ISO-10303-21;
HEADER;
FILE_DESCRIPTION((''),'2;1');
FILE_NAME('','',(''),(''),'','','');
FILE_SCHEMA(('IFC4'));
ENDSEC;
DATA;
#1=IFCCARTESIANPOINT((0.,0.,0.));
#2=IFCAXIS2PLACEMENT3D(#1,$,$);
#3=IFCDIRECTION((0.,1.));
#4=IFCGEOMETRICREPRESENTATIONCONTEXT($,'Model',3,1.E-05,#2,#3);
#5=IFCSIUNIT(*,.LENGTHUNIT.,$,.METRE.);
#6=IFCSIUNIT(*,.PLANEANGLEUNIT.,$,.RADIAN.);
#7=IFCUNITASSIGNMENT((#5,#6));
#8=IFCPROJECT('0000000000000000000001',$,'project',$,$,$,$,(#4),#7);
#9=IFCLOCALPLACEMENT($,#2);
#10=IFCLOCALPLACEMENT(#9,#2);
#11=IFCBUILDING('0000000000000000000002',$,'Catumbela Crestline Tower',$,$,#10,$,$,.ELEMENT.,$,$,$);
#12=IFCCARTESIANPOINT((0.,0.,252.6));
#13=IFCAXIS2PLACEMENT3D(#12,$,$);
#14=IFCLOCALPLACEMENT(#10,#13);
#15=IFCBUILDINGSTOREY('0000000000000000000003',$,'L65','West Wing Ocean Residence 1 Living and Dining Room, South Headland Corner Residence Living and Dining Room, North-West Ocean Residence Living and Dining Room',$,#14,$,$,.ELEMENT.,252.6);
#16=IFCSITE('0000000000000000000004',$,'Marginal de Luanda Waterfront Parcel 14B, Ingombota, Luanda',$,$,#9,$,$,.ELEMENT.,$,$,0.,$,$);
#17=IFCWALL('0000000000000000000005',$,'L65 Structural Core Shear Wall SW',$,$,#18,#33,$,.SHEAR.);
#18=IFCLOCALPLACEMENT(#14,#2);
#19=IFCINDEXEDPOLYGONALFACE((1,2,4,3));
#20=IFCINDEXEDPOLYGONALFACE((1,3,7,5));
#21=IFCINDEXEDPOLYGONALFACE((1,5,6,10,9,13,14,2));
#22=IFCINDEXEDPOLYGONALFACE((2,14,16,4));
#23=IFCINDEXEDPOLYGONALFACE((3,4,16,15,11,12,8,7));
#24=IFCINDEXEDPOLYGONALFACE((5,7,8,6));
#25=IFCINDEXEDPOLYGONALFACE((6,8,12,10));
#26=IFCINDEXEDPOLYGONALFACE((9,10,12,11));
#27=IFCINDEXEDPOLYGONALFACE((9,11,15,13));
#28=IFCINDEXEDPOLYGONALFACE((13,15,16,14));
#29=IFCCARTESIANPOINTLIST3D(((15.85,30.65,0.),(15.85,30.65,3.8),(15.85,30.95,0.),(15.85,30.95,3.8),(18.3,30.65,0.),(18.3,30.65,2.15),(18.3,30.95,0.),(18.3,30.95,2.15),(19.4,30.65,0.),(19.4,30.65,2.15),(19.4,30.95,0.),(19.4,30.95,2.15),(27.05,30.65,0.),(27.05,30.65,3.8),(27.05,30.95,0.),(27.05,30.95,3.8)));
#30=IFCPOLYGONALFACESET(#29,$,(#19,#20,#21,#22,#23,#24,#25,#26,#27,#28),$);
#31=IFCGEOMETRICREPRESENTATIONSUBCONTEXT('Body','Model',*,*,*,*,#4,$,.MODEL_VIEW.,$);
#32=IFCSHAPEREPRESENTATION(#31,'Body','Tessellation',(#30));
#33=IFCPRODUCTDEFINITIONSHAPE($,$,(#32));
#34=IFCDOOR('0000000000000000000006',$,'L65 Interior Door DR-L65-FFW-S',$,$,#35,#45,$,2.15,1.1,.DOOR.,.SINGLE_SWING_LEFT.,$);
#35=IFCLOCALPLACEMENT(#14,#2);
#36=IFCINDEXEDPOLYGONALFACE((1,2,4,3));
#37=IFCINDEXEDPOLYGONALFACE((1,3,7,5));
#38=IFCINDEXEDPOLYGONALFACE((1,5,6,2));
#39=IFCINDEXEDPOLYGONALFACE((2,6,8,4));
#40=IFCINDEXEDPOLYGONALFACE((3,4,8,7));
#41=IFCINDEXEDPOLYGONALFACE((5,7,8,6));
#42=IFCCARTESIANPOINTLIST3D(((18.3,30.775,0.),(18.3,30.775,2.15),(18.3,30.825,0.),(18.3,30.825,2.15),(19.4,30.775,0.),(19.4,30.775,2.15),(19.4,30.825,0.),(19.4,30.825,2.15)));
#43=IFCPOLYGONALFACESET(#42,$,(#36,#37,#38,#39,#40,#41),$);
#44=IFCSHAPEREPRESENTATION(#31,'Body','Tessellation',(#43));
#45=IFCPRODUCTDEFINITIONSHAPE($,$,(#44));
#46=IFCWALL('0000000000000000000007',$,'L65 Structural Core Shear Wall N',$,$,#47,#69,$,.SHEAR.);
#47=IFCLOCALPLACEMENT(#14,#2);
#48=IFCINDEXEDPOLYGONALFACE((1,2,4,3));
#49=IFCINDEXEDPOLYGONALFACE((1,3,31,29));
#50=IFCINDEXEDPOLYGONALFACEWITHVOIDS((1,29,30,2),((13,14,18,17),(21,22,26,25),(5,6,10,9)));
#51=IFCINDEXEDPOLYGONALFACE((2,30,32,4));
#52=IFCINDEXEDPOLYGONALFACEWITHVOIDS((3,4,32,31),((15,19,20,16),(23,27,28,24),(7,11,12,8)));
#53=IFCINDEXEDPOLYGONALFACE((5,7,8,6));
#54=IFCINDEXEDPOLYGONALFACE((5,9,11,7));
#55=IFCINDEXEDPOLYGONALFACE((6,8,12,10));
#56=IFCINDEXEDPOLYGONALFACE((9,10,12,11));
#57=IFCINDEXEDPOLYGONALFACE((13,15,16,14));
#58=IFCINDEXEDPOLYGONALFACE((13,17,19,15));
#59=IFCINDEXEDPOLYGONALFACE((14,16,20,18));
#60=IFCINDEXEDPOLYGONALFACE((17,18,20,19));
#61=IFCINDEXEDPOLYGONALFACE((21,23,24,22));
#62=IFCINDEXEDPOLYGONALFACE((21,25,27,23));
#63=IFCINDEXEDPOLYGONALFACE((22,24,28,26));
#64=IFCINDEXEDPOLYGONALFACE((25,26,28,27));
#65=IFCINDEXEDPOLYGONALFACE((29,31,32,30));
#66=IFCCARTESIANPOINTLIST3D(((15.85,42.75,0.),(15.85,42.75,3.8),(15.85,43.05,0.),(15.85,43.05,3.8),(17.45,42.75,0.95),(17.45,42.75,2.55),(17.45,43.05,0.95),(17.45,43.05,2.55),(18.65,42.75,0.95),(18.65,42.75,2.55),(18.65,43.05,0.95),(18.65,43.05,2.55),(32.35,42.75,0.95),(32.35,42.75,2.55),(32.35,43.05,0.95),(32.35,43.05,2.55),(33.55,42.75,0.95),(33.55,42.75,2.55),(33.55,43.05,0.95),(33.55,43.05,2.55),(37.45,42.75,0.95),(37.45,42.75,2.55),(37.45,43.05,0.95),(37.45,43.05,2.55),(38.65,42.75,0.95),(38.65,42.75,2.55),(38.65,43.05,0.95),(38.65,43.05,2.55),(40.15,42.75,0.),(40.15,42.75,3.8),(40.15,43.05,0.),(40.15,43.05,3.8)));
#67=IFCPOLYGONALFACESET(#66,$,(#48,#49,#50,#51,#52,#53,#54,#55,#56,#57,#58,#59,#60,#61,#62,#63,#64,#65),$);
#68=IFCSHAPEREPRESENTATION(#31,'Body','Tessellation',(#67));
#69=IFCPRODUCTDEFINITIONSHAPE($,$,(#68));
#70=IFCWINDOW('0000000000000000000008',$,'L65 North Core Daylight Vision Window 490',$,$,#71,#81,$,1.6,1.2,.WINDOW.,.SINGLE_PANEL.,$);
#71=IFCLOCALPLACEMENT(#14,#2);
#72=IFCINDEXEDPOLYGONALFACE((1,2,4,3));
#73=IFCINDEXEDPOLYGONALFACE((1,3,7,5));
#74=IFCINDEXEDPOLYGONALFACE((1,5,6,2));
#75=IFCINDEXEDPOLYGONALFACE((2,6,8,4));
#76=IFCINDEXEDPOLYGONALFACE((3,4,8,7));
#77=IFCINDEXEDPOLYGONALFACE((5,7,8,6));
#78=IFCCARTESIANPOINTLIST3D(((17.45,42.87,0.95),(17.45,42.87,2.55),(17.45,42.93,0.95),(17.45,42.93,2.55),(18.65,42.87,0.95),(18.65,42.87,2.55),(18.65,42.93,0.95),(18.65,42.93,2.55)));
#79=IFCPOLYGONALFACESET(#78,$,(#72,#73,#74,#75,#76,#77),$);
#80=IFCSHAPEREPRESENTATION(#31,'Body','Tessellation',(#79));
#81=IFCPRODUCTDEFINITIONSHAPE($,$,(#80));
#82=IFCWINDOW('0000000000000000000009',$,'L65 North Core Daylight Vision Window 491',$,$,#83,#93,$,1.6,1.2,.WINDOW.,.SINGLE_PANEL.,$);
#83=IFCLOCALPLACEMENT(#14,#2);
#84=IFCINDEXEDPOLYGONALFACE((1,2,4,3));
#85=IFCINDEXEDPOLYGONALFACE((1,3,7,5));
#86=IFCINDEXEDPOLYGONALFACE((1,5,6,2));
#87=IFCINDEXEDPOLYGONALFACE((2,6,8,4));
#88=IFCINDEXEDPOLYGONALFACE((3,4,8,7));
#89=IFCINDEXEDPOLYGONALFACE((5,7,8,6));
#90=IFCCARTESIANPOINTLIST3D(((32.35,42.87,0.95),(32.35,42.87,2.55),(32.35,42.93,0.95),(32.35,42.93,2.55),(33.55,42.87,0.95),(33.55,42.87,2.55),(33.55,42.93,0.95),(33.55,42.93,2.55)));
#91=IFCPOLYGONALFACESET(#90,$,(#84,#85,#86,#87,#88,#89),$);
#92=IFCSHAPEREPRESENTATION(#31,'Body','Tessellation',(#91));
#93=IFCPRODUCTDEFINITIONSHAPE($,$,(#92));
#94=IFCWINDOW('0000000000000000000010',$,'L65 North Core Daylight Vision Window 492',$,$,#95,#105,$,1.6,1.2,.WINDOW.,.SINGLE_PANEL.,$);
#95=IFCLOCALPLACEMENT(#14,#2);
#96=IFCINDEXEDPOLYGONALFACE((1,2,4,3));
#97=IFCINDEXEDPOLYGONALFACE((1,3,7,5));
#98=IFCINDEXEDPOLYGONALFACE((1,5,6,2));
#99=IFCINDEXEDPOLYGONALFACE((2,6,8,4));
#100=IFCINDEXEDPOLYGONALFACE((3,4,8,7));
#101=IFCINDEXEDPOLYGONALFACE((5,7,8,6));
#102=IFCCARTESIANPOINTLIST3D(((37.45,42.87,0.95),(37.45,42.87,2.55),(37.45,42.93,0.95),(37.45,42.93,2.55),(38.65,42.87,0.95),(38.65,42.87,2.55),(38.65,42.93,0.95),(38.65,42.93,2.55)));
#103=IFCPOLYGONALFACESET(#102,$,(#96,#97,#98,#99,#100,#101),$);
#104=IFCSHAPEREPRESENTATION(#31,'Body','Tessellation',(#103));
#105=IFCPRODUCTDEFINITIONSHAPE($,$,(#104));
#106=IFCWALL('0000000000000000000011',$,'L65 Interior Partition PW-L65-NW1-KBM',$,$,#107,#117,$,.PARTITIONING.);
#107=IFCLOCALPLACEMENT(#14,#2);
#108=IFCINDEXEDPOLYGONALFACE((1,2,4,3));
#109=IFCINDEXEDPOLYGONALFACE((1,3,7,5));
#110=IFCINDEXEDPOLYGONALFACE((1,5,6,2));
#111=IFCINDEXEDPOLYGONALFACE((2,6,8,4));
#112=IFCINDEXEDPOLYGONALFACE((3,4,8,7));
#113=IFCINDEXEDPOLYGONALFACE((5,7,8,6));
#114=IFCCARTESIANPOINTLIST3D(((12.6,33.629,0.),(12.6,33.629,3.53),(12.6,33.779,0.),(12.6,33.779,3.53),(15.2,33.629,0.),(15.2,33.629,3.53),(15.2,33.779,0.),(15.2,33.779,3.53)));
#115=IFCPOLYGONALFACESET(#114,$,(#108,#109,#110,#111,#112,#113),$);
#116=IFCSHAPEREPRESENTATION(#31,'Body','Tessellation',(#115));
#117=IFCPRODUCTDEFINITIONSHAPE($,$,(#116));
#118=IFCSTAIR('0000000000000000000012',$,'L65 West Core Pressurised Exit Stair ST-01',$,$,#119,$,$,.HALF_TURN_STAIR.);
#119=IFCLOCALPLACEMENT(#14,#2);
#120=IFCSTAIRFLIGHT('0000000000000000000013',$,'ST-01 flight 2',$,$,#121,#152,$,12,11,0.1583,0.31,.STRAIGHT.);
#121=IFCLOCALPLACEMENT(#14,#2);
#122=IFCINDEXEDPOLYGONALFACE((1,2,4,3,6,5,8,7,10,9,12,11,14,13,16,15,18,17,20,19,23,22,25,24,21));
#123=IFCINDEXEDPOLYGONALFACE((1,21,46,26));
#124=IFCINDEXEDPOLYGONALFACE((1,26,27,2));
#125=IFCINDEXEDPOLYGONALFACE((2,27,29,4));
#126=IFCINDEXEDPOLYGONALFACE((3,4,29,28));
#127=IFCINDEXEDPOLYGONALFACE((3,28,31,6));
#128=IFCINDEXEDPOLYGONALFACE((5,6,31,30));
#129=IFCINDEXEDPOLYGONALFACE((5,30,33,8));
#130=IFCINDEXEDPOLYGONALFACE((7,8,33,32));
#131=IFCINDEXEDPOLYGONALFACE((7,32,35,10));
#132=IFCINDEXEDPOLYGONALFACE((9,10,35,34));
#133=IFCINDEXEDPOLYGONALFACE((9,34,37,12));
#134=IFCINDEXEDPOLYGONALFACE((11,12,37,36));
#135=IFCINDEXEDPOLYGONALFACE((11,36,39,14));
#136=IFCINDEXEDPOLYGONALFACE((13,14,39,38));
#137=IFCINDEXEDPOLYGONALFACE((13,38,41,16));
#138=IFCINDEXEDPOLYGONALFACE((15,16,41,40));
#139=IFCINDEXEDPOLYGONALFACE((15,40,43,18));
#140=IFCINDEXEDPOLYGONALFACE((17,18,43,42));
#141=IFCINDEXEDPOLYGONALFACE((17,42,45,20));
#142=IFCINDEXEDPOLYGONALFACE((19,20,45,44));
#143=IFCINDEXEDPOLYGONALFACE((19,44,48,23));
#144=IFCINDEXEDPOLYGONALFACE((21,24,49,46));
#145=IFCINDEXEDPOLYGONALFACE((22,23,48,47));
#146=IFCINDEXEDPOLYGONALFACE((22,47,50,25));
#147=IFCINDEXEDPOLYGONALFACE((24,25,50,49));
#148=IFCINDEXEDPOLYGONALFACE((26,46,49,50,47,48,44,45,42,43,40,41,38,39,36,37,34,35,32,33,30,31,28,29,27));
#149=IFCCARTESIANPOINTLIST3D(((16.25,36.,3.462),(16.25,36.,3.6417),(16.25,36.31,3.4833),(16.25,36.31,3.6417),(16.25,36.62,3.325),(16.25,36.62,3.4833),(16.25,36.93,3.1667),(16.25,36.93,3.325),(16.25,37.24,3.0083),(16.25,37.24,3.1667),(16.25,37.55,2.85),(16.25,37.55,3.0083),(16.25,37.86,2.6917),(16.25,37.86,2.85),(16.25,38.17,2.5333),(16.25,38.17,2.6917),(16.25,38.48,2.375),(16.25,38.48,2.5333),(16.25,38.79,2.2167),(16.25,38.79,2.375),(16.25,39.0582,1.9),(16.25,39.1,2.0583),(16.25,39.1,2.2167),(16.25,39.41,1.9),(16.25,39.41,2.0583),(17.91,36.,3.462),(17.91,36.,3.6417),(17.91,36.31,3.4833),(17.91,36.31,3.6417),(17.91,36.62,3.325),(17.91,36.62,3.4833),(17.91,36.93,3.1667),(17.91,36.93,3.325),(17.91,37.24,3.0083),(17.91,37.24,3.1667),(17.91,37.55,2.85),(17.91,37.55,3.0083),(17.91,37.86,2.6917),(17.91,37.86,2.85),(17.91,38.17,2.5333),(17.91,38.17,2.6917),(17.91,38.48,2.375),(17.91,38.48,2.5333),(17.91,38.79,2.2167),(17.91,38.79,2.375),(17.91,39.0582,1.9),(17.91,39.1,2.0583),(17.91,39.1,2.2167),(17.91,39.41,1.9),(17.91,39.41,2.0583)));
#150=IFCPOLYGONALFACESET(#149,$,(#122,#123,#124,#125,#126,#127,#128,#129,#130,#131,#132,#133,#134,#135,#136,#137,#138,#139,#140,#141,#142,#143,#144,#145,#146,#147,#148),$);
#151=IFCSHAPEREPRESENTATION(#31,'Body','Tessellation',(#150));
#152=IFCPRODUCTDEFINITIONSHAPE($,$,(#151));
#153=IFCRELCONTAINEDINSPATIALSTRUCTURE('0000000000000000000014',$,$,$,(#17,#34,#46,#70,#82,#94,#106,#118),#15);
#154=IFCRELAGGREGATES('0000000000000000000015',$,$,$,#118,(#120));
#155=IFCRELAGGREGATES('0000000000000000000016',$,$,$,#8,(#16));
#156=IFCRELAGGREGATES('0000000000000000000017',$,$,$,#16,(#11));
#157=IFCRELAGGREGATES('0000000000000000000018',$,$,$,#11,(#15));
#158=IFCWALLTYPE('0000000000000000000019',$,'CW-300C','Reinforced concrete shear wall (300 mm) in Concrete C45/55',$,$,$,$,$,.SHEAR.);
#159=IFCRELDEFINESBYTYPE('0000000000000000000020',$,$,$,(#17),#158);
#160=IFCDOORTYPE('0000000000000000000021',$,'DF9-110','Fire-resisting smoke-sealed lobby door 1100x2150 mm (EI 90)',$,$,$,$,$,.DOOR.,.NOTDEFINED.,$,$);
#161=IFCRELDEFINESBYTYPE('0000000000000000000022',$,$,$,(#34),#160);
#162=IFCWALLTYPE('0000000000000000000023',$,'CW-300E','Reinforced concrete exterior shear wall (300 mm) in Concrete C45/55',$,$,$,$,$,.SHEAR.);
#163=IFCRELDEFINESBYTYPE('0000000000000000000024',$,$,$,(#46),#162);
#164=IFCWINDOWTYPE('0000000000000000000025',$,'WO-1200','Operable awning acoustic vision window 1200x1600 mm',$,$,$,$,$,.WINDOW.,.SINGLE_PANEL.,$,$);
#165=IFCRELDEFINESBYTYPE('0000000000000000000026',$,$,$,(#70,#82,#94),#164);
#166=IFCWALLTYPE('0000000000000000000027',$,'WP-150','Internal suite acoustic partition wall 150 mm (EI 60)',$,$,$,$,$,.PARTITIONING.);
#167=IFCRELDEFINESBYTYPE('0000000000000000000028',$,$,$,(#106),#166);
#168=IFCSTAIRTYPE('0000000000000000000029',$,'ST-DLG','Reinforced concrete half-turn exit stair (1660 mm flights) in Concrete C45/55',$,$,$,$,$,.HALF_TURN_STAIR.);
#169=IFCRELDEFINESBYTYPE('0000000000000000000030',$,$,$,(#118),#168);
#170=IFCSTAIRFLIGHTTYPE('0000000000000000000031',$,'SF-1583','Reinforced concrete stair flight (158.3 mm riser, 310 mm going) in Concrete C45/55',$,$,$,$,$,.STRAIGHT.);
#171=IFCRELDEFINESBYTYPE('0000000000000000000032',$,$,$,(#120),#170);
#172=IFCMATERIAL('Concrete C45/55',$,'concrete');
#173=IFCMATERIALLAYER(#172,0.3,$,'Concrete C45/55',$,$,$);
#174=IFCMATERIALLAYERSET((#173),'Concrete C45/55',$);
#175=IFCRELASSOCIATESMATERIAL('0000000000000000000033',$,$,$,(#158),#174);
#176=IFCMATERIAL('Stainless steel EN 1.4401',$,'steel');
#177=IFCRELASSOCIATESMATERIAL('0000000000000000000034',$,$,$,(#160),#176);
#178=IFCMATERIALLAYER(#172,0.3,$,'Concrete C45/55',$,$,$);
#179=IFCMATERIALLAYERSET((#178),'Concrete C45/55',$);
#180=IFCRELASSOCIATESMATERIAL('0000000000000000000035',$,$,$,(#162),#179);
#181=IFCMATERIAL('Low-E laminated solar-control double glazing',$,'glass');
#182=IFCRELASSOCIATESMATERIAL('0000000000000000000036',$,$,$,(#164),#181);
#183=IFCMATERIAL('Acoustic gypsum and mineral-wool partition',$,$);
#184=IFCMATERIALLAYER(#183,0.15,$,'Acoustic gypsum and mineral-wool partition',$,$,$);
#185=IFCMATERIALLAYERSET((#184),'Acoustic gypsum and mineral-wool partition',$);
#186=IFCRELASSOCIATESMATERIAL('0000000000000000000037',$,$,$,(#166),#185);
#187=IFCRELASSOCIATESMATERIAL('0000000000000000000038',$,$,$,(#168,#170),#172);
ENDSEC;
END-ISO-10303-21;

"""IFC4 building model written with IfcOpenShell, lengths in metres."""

from ifc_helpers import new_model, si_unit, direction, frame, frame_2d, origin, place, context, subcontext, project, spatial, polyline, rectangle, outline, extrude, material, layer, layer_set, type_object, element, fill, aggregate, save


model = new_model("IFC4")

# Units and contexts
model_context = context("Model", 3, precision=1e-05, world=origin(), true_north=direction((0.0, 1.0)))
body_context = subcontext(model_context, "Body", "Model", "MODEL_VIEW")
ifc_project = project(units=[si_unit("LENGTHUNIT", "METRE"), si_unit("PLANEANGLEUNIT", "RADIAN")], contexts=[model_context])

# Site, building, storey
site_placement = place(None, origin())
site = spatial("IfcSite", under=ifc_project, at=site_placement, Name="Marginal de Luanda Waterfront Parcel 14B, Ingombota, Luanda", CompositionType="ELEMENT", RefElevation=0.0)
building_placement = place(site_placement, origin())
building = spatial("IfcBuilding", under=site, at=building_placement, Name="Catumbela Crestline Tower", CompositionType="ELEMENT")
storey_placement = place(building_placement, frame((0.0, 0.0, 252.6)))
storey = spatial("IfcBuildingStorey", under=building, at=storey_placement, Name="L65", Description="West Wing Ocean Residence 1 Living and Dining Room, South Headland Corner Residence Living and Dining Room, North-West Ocean Residence Living and Dining Room", CompositionType="ELEMENT", Elevation=252.6)

# Shared definitions
ifc_material_1 = material(Name="Low-E laminated solar-control double glazing", Category="glass")

# Shared definitions
ifc_material_2 = material(Name="Stainless steel EN 1.4401", Category="steel")

# Wall, opening, door
ifc_material_3 = material(Name="Concrete C45/55", Category="concrete")
ifc_layer_1 = layer(ifc_material_3, 0.3, Name="Concrete C45/55")
ifc_layer_set_1 = layer_set([ifc_layer_1], Name="Concrete C45/55")
wall_type_1 = type_object("IfcWallType", Name="CW-300C", Description="Reinforced concrete shear wall (300 mm) in Concrete C45/55", PredefinedType="SHEAR", material=ifc_layer_set_1)
wall_1_placement = place(storey_placement, frame((15.85, 30.8, 0.0), z_axis=(0.0, 0.0, 1.0), x_axis=(1.0, 0.0, 0.0)))
wall_1 = element("IfcWall", 1, at=wall_1_placement, inside=storey, type_object=wall_type_1, Name="L65 Structural Core Shear Wall SW", PredefinedType="SHEAR", context=body_context, shape_type="SweptSolid", body=[
    extrude(rectangle(XDim=11.2, YDim=0.3, at=frame_2d((5.6, 0.0))), origin(), (0.0, 0.0, 1.0), 3.8),
])
opening_1_placement = place(wall_1_placement, frame((2.45, 0.0, 0.0)))
opening_1 = element("IfcOpeningElement", 2, at=opening_1_placement, cuts=wall_1, PredefinedType="OPENING", context=body_context, shape_type="SweptSolid", body=[
    extrude(rectangle(XDim=1.1, YDim=2.15, at=frame_2d((0.55, 1.075))), frame((0.0, 0.16, 0.0), z_axis=(0.0, -1.0, 0.0), x_axis=(1.0, 0.0, 0.0)), (0.0, 0.0, 1.0), 0.32),
])
door_type_1 = type_object("IfcDoorType", Name="DF9-110", Description="Fire-resisting smoke-sealed lobby door 1100x2150 mm (EI 90)", OperationType="NOTDEFINED", PredefinedType="DOOR", material=ifc_material_2)
door_1_placement = place(opening_1_placement, origin())
door_1 = element("IfcDoor", 3, at=door_1_placement, inside=storey, type_object=door_type_1, Name="L65 Interior Door DR-L65-FFW-S", OperationType="SINGLE_SWING_LEFT", OverallHeight=2.15, OverallWidth=1.1, PredefinedType="DOOR", context=body_context, shape_type="SweptSolid", body=[
    extrude(rectangle(XDim=1.1, YDim=2.15, at=frame_2d((0.55, 1.075))), frame((0.0, 0.025, 0.0), z_axis=(0.0, -1.0, 0.0), x_axis=(1.0, 0.0, 0.0)), (0.0, 0.0, 1.0), 0.05),
])
fill(opening_1, door_1)

# Wall, openings, windows
ifc_layer_2 = layer(ifc_material_3, 0.3, Name="Concrete C45/55")
ifc_layer_set_2 = layer_set([ifc_layer_2], Name="Concrete C45/55")
wall_type_2 = type_object("IfcWallType", Name="CW-300E", Description="Reinforced concrete exterior shear wall (300 mm) in Concrete C45/55", PredefinedType="SHEAR", material=ifc_layer_set_2)
wall_2_placement = place(storey_placement, frame((15.85, 42.9, 0.0), z_axis=(0.0, 0.0, 1.0), x_axis=(1.0, 0.0, 0.0)))
wall_2 = element("IfcWall", 4, at=wall_2_placement, inside=storey, type_object=wall_type_2, Name="L65 Structural Core Shear Wall N", PredefinedType="SHEAR", context=body_context, shape_type="SweptSolid", body=[
    extrude(rectangle(XDim=24.3, YDim=0.3, at=frame_2d((12.15, 0.0))), origin(), (0.0, 0.0, 1.0), 3.8),
])
opening_2_placement = place(wall_2_placement, frame((1.6, 0.0, 0.95)))
opening_2 = element("IfcOpeningElement", 5, at=opening_2_placement, cuts=wall_2, PredefinedType="OPENING", context=body_context, shape_type="SweptSolid", body=[
    extrude(rectangle(XDim=1.2, YDim=1.6, at=frame_2d((0.6, 0.8))), frame((0.0, 0.16, 0.0), z_axis=(0.0, -1.0, 0.0), x_axis=(1.0, 0.0, 0.0)), (0.0, 0.0, 1.0), 0.32),
])
opening_3_placement = place(wall_2_placement, frame((16.5, 0.0, 0.95)))
opening_3 = element("IfcOpeningElement", 6, at=opening_3_placement, cuts=wall_2, PredefinedType="OPENING", context=body_context, shape_type="SweptSolid", body=[
    extrude(rectangle(XDim=1.2, YDim=1.6, at=frame_2d((0.6, 0.8))), frame((0.0, 0.16, 0.0), z_axis=(0.0, -1.0, 0.0), x_axis=(1.0, 0.0, 0.0)), (0.0, 0.0, 1.0), 0.32),
])
opening_4_placement = place(wall_2_placement, frame((21.6, 0.0, 0.95)))
opening_4 = element("IfcOpeningElement", 7, at=opening_4_placement, cuts=wall_2, PredefinedType="OPENING", context=body_context, shape_type="SweptSolid", body=[
    extrude(rectangle(XDim=1.2, YDim=1.6, at=frame_2d((0.6, 0.8))), frame((0.0, 0.16, 0.0), z_axis=(0.0, -1.0, 0.0), x_axis=(1.0, 0.0, 0.0)), (0.0, 0.0, 1.0), 0.32),
])
window_type = type_object("IfcWindowType", Name="WO-1200", Description="Operable awning acoustic vision window 1200x1600 mm", PartitioningType="SINGLE_PANEL", PredefinedType="WINDOW", material=ifc_material_1)
window_1_placement = place(opening_2_placement, origin())
window_1 = element("IfcWindow", 8, at=window_1_placement, inside=storey, type_object=window_type, Name="L65 North Core Daylight Vision Window 490", OverallHeight=1.6, OverallWidth=1.2, PartitioningType="SINGLE_PANEL", PredefinedType="WINDOW", context=body_context, shape_type="SweptSolid", body=[
    extrude(rectangle(XDim=1.2, YDim=1.6, at=frame_2d((0.6, 0.8))), frame((0.0, 0.03, 0.0), z_axis=(0.0, -1.0, 0.0), x_axis=(1.0, 0.0, 0.0)), (0.0, 0.0, 1.0), 0.06),
])
fill(opening_2, window_1)
window_2_placement = place(opening_3_placement, origin())
window_2 = element("IfcWindow", 9, at=window_2_placement, inside=storey, type_object=window_type, Name="L65 North Core Daylight Vision Window 491", OverallHeight=1.6, OverallWidth=1.2, PartitioningType="SINGLE_PANEL", PredefinedType="WINDOW", context=body_context, shape_type="SweptSolid", body=[
    extrude(rectangle(XDim=1.2, YDim=1.6, at=frame_2d((0.6, 0.8))), frame((0.0, 0.03, 0.0), z_axis=(0.0, -1.0, 0.0), x_axis=(1.0, 0.0, 0.0)), (0.0, 0.0, 1.0), 0.06),
])
fill(opening_3, window_2)
window_3_placement = place(opening_4_placement, origin())
window_3 = element("IfcWindow", 10, at=window_3_placement, inside=storey, type_object=window_type, Name="L65 North Core Daylight Vision Window 492", OverallHeight=1.6, OverallWidth=1.2, PartitioningType="SINGLE_PANEL", PredefinedType="WINDOW", context=body_context, shape_type="SweptSolid", body=[
    extrude(rectangle(XDim=1.2, YDim=1.6, at=frame_2d((0.6, 0.8))), frame((0.0, 0.03, 0.0), z_axis=(0.0, -1.0, 0.0), x_axis=(1.0, 0.0, 0.0)), (0.0, 0.0, 1.0), 0.06),
])
fill(opening_4, window_3)

# Wall
ifc_material_4 = material(Name="Acoustic gypsum and mineral-wool partition")
ifc_layer_3 = layer(ifc_material_4, 0.15, Name="Acoustic gypsum and mineral-wool partition")
ifc_layer_set_3 = layer_set([ifc_layer_3], Name="Acoustic gypsum and mineral-wool partition")
wall_type_3 = type_object("IfcWallType", Name="WP-150", Description="Internal suite acoustic partition wall 150 mm (EI 60)", PredefinedType="PARTITIONING", material=ifc_layer_set_3)
wall_3_placement = place(storey_placement, frame((12.6, 33.704, 0.0), z_axis=(0.0, 0.0, 1.0), x_axis=(1.0, 0.0, 0.0)))
element("IfcWall", 11, at=wall_3_placement, inside=storey, type_object=wall_type_3, Name="L65 Interior Partition PW-L65-NW1-KBM", PredefinedType="PARTITIONING", context=body_context, shape_type="SweptSolid", body=[
    extrude(rectangle(XDim=2.6, YDim=0.15, at=frame_2d((1.3, 0.0))), origin(), (0.0, 0.0, 1.0), 3.53),
])

# Stair, stair flight
stair_type = type_object("IfcStairType", Name="ST-DLG", Description="Reinforced concrete half-turn exit stair (1660 mm flights) in Concrete C45/55", PredefinedType="HALF_TURN_STAIR", material=ifc_material_3)
stair_placement = place(storey_placement, origin())
stair = element("IfcStair", 12, at=stair_placement, inside=storey, type_object=stair_type, Name="L65 West Core Pressurised Exit Stair ST-01", PredefinedType="HALF_TURN_STAIR")
stair_flight_type = type_object("IfcStairFlightType", Name="SF-1583", Description="Reinforced concrete stair flight (158.3 mm riser, 310 mm going) in Concrete C45/55", PredefinedType="STRAIGHT", material=ifc_material_3)
stair_flight_placement = place(storey_placement, frame((17.08, 39.41, 1.9), z_axis=(0.0, 0.0, 1.0), x_axis=(0.0, -1.0, 0.0)))
stair_flight = element("IfcStairFlight", 13, at=stair_flight_placement, type_object=stair_flight_type, Name="ST-01 flight 2", NumberOfRisers=12, NumberOfTreads=11, PredefinedType="STRAIGHT", RiserHeight=0.1583, TreadLength=0.31, context=body_context, shape_type="SweptSolid", body=[
    extrude(outline(polyline([(0.0, 0.0), (0.0, 0.1583), (0.31, 0.1583), (0.31, 0.3167), (0.62, 0.3167), (0.62, 0.475), (0.93, 0.475), (0.93, 0.6333), (1.24, 0.6333), (1.24, 0.7917), (1.55, 0.7917), (1.55, 0.95), (1.86, 0.95), (1.86, 1.1083), (2.17, 1.1083), (2.17, 1.2667), (2.48, 1.2667), (2.48, 1.425), (2.79, 1.425), (2.79, 1.5833), (3.1, 1.5833), (3.1, 1.7417), (3.41, 1.7417), (3.41, 1.9), (3.41, 1.562), (0.3518, 0.0), (0.0, 0.0)])), frame((0.0, 0.83, 0.0), z_axis=(0.0, -1.0, 0.0), x_axis=(1.0, 0.0, 0.0)), (0.0, 0.0, 1.0), 1.66),
])
aggregate(stair, [stair_flight])

save(model, "model.ifc")
